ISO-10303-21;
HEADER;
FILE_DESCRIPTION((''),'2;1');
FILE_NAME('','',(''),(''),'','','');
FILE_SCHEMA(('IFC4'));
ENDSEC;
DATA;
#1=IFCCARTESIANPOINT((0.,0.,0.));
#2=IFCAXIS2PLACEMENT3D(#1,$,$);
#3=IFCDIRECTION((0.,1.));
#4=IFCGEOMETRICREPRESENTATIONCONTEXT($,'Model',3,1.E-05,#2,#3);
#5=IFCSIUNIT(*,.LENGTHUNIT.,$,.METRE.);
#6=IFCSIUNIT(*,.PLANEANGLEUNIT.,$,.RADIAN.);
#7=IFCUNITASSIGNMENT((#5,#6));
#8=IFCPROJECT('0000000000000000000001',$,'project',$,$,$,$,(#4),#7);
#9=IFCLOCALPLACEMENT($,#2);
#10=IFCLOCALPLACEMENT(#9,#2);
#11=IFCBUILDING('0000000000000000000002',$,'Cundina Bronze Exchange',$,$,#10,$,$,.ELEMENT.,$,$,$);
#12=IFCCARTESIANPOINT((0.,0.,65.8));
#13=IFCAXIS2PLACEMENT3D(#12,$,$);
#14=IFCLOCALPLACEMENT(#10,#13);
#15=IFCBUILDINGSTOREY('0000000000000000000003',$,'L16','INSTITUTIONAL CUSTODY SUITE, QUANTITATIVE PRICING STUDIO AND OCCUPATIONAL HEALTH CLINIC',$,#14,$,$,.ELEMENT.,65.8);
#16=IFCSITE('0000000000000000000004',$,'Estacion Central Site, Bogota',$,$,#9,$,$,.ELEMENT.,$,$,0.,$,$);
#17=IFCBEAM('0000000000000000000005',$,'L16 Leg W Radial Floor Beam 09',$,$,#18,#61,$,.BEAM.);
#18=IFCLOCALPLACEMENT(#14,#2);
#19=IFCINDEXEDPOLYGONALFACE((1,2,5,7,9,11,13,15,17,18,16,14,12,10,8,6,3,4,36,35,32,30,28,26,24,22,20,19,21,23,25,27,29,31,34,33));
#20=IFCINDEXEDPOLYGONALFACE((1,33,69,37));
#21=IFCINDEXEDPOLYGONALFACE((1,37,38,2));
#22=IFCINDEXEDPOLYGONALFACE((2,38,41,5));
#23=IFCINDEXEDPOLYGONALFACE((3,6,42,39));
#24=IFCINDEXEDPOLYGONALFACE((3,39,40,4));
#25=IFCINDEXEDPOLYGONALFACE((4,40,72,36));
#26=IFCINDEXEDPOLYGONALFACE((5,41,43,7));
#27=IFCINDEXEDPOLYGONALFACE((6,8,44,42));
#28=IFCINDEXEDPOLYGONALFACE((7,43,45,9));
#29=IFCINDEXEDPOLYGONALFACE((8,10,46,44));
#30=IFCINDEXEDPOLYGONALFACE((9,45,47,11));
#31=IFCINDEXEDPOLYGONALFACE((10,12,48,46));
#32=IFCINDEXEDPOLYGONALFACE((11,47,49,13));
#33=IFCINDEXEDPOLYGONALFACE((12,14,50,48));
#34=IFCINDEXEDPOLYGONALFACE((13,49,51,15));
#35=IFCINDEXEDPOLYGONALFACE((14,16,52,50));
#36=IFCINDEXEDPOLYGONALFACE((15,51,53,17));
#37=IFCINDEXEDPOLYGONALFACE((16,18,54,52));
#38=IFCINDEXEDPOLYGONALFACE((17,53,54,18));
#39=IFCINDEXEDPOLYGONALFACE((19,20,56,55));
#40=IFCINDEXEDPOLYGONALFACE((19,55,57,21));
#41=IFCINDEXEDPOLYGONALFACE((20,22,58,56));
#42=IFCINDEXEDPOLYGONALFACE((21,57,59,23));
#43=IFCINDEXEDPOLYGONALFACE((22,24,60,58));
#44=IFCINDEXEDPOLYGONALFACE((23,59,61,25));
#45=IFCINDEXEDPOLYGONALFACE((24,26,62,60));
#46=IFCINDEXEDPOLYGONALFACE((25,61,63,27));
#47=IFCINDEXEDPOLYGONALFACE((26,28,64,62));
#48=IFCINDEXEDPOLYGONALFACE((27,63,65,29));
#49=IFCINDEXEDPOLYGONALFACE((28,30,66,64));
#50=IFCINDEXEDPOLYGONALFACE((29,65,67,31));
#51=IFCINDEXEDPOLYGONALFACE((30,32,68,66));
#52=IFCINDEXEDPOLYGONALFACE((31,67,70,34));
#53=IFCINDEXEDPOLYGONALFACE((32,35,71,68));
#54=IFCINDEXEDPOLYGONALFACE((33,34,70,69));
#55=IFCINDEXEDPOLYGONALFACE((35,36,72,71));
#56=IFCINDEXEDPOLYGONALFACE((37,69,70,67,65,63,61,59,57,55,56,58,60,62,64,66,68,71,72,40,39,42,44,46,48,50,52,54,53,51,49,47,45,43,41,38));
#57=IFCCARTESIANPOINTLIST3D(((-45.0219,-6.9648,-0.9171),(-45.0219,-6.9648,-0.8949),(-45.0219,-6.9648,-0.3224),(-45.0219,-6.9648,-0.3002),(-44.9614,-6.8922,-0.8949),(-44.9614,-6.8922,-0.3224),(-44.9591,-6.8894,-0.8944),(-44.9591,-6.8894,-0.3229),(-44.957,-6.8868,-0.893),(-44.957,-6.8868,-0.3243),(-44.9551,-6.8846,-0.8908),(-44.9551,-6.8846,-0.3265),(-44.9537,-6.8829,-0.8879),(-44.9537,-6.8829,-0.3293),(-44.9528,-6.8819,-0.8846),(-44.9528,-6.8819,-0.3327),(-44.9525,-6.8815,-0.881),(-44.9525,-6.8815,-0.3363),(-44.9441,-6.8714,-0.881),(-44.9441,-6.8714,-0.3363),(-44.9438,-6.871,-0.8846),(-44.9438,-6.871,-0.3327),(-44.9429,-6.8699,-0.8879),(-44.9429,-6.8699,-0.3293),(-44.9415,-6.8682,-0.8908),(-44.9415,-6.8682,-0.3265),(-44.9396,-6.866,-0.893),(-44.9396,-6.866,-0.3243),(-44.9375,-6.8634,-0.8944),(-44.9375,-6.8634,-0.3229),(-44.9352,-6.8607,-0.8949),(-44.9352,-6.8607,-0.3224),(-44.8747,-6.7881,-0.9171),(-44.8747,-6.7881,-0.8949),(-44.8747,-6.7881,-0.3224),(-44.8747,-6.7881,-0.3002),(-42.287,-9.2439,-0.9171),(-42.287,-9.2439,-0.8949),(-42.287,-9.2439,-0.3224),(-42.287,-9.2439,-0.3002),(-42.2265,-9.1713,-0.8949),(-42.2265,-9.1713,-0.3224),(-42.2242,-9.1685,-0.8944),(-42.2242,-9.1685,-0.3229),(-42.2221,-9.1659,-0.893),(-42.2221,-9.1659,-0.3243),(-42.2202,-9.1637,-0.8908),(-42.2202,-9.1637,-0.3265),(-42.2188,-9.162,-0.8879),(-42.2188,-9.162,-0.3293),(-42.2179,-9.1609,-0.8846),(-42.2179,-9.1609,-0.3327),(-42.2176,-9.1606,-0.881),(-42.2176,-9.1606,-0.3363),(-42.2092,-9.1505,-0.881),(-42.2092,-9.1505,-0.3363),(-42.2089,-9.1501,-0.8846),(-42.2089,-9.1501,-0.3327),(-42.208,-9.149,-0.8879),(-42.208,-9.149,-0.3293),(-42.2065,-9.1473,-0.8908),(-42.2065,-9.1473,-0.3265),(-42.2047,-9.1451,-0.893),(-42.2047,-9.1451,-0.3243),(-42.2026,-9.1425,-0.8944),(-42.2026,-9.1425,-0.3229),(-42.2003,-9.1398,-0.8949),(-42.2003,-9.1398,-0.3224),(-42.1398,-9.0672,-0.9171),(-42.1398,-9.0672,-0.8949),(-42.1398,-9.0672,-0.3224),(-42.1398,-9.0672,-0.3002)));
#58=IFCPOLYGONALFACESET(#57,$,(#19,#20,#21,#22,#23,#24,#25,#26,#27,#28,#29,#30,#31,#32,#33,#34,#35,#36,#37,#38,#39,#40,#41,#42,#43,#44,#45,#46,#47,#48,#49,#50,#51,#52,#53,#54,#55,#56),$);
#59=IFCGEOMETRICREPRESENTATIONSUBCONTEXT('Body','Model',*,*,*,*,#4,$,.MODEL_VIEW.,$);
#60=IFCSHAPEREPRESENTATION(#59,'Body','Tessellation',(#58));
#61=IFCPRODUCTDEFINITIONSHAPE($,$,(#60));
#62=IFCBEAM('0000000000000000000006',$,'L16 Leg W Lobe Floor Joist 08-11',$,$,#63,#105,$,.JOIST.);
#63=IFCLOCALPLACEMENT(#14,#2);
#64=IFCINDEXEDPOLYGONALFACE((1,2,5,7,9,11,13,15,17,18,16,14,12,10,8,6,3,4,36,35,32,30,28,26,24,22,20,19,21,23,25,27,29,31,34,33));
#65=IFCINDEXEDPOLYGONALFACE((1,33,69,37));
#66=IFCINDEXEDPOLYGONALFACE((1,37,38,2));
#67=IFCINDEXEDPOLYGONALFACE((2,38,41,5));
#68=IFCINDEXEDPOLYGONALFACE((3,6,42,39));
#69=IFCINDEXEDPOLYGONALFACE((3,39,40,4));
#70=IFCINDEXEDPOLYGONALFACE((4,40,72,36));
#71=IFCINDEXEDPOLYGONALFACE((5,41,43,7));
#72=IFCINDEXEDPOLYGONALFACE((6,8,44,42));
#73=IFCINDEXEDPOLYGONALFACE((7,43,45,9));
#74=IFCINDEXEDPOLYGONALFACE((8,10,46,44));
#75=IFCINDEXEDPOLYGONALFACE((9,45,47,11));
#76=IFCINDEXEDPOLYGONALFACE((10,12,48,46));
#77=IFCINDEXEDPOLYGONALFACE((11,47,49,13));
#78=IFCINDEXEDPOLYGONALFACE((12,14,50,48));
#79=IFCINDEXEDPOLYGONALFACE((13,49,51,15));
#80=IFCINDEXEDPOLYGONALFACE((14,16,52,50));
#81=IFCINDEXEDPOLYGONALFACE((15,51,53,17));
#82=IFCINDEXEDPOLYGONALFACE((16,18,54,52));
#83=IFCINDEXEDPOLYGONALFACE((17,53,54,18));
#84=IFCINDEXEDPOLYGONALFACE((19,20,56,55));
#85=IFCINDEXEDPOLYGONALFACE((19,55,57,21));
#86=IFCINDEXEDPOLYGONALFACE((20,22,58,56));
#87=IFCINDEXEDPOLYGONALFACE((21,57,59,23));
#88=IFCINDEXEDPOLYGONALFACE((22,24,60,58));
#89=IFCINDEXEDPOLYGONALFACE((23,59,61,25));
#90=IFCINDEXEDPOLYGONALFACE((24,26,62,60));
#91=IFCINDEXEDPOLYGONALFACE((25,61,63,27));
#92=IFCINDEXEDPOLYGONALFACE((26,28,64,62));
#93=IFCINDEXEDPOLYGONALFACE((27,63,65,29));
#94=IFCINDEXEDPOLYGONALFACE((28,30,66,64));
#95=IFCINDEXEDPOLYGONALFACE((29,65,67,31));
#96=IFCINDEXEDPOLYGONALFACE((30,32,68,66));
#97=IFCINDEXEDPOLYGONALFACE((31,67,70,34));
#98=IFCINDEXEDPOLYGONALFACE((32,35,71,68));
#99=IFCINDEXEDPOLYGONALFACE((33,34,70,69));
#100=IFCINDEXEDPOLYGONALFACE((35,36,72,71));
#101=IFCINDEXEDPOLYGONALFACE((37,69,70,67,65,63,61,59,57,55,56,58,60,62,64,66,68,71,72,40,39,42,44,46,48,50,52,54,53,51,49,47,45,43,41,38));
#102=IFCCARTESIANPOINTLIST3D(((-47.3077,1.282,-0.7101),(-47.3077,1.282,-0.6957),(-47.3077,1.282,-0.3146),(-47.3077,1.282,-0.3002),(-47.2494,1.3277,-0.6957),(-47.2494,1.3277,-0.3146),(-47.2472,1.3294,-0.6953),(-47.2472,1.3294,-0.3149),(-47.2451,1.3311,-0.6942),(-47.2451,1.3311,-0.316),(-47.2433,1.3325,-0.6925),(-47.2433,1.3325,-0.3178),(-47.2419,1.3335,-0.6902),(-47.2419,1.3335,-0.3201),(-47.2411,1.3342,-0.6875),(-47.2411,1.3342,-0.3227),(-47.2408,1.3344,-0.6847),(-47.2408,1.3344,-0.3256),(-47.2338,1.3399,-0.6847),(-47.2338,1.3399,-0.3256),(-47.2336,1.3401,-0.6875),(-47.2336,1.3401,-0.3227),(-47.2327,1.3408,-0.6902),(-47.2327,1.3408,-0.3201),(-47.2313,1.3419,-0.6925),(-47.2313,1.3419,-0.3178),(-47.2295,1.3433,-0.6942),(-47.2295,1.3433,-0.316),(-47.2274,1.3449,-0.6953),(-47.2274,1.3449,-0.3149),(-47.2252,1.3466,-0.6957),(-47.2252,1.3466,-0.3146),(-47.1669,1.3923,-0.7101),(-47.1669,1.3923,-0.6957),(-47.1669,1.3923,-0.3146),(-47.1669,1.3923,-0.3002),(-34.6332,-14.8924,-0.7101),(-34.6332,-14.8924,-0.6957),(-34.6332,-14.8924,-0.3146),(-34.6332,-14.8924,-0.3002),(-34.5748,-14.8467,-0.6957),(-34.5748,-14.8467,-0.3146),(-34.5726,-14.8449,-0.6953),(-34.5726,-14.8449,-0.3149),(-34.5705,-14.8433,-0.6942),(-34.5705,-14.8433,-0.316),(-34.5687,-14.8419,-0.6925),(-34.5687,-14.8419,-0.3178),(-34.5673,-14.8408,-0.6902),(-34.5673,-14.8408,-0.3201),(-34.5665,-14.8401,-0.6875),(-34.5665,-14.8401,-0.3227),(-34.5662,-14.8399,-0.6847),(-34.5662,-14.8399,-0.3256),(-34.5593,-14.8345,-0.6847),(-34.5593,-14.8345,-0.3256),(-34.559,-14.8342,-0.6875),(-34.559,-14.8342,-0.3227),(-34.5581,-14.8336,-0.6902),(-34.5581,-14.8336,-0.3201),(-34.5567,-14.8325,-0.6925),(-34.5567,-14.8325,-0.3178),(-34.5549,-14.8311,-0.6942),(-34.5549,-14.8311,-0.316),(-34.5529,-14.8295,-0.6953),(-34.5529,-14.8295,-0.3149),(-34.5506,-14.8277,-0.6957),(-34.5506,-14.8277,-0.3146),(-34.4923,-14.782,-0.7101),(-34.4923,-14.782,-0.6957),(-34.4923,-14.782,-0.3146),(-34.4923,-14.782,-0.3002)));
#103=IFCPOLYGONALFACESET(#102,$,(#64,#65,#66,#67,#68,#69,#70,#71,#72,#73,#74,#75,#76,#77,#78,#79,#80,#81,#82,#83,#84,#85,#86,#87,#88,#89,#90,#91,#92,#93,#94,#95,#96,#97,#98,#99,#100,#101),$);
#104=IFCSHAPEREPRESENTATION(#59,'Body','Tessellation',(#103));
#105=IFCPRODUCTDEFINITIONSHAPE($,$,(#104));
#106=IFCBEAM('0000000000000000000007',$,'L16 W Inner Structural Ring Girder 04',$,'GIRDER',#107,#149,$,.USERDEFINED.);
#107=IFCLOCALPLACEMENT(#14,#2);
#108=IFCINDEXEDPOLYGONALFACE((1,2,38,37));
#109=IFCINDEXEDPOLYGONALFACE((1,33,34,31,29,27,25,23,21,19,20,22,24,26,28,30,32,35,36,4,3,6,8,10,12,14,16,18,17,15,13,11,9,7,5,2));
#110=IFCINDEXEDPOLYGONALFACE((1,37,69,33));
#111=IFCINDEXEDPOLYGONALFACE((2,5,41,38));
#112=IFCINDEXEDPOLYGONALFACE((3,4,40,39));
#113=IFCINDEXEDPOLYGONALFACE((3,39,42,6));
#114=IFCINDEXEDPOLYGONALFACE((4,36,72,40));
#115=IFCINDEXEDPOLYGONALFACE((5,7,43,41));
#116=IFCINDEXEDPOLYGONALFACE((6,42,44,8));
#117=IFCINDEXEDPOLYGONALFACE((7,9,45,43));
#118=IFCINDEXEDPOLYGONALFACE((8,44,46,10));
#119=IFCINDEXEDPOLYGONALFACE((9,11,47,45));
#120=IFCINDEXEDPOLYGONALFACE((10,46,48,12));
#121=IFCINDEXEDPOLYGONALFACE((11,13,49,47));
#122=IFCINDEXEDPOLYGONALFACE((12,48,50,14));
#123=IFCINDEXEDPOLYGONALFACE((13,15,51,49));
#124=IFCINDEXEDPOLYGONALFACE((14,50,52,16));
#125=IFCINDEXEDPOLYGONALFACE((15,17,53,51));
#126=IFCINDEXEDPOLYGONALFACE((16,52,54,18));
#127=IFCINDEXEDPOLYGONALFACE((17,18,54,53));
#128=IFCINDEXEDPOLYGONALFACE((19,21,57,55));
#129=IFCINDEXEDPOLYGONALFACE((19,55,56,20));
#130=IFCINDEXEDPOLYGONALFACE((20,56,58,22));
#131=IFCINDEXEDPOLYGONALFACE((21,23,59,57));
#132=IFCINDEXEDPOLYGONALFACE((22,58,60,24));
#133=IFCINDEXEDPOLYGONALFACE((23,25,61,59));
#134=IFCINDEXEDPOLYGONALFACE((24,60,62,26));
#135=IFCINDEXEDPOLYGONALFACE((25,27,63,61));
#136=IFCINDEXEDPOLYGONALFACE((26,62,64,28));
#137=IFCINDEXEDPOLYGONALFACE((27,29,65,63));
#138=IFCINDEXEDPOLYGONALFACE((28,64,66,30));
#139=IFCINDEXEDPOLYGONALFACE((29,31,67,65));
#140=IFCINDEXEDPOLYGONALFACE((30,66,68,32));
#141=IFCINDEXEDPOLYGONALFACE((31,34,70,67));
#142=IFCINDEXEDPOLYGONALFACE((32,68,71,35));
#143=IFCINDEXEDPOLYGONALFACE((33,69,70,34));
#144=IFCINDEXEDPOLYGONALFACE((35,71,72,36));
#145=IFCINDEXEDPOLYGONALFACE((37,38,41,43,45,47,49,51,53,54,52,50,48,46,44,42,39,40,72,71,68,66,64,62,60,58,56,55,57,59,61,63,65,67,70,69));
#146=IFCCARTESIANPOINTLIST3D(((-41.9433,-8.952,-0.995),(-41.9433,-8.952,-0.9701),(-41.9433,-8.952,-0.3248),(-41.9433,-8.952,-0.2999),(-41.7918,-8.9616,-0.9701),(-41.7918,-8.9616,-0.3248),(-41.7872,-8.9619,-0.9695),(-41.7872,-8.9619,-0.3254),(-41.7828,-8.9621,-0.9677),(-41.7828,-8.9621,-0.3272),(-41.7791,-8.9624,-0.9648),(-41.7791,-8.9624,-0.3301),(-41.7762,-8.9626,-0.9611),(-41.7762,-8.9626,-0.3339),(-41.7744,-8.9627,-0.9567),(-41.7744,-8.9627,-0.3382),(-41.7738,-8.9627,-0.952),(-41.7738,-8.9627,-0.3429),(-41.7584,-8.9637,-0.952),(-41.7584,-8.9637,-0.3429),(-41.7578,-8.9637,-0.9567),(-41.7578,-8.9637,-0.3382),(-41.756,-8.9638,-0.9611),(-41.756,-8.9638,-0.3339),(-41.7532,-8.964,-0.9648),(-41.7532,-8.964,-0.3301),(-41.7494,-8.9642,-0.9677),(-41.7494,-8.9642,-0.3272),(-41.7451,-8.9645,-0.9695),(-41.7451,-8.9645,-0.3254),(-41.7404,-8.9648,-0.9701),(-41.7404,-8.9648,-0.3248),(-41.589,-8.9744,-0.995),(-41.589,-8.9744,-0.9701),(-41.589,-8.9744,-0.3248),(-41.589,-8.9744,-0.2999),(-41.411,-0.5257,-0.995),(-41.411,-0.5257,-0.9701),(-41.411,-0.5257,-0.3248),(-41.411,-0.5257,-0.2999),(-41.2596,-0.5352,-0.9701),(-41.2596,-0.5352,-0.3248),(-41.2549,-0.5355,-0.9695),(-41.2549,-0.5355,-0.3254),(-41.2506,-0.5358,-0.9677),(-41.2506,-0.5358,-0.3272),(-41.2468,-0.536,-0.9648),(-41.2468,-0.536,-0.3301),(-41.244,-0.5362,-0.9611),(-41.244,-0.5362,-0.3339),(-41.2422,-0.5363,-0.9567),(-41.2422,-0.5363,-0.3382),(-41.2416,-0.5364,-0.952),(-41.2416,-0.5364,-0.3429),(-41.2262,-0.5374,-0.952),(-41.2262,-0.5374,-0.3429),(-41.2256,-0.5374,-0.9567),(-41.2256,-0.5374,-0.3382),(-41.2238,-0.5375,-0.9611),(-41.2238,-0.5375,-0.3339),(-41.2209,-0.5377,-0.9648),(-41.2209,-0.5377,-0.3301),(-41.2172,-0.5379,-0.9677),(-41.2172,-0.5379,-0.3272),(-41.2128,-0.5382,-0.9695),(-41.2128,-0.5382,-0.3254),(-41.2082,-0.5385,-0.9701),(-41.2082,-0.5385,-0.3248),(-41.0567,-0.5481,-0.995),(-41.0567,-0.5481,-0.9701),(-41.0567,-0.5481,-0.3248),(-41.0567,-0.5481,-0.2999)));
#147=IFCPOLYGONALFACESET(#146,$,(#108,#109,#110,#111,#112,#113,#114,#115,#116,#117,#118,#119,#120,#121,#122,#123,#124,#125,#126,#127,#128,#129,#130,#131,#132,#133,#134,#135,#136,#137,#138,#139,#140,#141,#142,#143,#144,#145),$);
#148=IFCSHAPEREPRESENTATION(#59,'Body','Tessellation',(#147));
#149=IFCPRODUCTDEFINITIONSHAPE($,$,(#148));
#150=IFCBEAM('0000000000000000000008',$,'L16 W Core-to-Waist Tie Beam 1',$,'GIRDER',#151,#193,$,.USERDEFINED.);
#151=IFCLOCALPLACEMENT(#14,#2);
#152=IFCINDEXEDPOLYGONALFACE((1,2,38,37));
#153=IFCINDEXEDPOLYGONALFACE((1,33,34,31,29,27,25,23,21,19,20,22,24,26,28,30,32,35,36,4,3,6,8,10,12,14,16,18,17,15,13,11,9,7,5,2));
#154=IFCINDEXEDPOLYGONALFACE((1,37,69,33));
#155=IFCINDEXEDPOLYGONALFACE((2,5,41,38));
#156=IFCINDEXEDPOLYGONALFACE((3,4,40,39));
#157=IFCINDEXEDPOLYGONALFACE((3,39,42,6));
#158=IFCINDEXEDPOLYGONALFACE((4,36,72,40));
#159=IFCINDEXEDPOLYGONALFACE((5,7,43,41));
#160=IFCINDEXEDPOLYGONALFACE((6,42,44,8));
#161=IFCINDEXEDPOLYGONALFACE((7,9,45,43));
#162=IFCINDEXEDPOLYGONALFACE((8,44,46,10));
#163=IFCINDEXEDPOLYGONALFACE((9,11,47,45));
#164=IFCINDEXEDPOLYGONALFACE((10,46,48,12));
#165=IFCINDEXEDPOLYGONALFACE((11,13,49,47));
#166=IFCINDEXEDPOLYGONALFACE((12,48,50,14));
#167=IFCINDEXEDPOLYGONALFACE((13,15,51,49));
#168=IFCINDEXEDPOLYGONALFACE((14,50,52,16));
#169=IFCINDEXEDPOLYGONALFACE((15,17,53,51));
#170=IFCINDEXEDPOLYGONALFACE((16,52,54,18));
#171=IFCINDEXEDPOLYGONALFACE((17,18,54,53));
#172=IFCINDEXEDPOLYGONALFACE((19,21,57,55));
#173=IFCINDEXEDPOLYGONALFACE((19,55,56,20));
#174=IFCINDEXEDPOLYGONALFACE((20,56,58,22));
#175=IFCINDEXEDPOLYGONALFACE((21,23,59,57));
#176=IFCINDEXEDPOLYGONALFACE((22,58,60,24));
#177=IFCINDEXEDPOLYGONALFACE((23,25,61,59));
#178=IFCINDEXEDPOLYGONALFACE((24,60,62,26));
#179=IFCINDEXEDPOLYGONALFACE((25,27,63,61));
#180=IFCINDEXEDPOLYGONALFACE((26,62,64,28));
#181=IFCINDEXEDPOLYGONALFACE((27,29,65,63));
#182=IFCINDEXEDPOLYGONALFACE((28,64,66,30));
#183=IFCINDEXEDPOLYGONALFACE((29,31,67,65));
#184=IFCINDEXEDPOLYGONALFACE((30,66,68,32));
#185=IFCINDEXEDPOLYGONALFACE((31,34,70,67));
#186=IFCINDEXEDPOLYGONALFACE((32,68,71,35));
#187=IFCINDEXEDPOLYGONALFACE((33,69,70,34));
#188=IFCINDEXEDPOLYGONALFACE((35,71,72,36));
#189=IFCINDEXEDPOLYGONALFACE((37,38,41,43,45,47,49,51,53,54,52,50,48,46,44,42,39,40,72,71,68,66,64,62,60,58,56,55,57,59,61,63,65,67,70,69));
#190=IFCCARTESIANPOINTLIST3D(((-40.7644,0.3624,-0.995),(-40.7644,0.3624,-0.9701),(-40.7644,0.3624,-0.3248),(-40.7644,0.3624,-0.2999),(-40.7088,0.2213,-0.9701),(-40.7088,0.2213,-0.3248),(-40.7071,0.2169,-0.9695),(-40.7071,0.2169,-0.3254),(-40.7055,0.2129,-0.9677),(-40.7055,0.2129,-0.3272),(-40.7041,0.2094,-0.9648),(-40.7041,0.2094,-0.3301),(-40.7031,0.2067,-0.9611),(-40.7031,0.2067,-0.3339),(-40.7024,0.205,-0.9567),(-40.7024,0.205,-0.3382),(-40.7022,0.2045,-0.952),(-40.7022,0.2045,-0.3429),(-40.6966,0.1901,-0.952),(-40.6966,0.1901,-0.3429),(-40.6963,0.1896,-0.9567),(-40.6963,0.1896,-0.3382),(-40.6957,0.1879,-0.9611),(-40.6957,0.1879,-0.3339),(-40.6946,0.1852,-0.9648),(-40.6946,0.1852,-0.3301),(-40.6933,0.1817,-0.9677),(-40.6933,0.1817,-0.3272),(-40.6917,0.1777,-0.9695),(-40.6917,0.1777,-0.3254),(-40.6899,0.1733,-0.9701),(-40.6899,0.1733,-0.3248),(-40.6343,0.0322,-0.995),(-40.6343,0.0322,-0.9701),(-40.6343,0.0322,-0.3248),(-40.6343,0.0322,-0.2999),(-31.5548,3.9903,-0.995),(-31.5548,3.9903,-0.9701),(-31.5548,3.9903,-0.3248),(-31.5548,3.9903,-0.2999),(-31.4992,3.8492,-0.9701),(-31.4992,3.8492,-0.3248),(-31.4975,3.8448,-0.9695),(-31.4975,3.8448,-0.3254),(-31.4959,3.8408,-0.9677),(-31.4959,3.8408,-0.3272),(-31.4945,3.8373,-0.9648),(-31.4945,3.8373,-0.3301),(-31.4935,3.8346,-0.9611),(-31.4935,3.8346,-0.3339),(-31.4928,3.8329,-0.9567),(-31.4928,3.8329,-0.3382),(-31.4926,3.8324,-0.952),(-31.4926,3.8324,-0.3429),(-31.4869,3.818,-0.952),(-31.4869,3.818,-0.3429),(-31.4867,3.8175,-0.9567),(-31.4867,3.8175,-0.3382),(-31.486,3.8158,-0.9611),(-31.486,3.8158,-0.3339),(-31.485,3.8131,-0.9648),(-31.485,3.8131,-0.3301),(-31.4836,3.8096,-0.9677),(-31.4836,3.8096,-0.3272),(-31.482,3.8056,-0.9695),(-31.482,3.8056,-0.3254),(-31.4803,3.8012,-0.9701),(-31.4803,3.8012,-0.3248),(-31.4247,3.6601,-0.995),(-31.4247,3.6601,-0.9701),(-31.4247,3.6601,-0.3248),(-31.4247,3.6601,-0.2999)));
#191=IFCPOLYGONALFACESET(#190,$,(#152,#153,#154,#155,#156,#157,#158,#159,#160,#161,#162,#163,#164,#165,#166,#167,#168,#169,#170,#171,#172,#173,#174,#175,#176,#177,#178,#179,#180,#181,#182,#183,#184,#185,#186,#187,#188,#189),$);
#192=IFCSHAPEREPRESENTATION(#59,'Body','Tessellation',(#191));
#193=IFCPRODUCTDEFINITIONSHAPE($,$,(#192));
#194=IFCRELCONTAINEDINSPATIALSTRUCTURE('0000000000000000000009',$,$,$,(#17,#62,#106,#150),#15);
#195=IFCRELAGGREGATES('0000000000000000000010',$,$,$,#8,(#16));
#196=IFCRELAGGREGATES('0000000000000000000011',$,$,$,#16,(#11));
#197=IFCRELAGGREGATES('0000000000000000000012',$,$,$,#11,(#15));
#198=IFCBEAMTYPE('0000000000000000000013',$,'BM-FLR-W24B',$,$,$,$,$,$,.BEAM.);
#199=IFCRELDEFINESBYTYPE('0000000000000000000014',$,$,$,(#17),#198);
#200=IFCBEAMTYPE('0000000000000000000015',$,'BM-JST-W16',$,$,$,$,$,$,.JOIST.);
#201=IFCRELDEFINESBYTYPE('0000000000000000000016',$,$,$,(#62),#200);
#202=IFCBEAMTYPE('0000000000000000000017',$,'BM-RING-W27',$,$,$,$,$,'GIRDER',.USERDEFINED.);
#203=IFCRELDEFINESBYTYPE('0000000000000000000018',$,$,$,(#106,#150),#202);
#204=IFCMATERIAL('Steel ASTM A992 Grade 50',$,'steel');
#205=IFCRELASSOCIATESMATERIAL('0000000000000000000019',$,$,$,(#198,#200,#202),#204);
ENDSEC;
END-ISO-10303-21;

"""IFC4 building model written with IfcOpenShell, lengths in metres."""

from ifc_helpers import new_model, si_unit, direction, frame, origin, origin_2d, place, context, subcontext, project, spatial, i_section, extrude, material, material_profile, profile_set, type_object, element, save


model = new_model("IFC4")

# Units and contexts
model_context = context("Model", 3, precision=1e-05, world=origin(), true_north=direction((0.0, 1.0)))
body_context = subcontext(model_context, "Body", "Model", "MODEL_VIEW")
ifc_project = project(units=[si_unit("LENGTHUNIT", "METRE"), si_unit("PLANEANGLEUNIT", "RADIAN")], contexts=[model_context])

# Site, building, storey
site_placement = place(None, origin())
site = spatial("IfcSite", under=ifc_project, at=site_placement, Name="Estacion Central Site, Bogota", CompositionType="ELEMENT", RefElevation=0.0)
building_placement = place(site_placement, origin())
building = spatial("IfcBuilding", under=site, at=building_placement, Name="Cundina Bronze Exchange", CompositionType="ELEMENT")
storey_placement = place(building_placement, frame((0.0, 0.0, 65.8)))
storey = spatial("IfcBuildingStorey", under=building, at=storey_placement, Name="L16", Description="INSTITUTIONAL CUSTODY SUITE, QUANTITATIVE PRICING STUDIO AND OCCUPATIONAL HEALTH CLINIC", CompositionType="ELEMENT", Elevation=65.8)

# Shared definitions
ifc_material_1 = material(Name="Steel ASTM A992 Grade 50", Category="steel")

# Beams
ifc_material_profile_1 = material_profile(ifc_material_1, i_section(OverallWidth=0.23, OverallDepth=0.6169, WebThickness=0.0132, FlangeThickness=0.0222, FilletRadius=0.0139, at=origin_2d()), Name="W24X94", Category="steel")
ifc_profile_set_1 = profile_set([ifc_material_profile_1], Name="Steel ASTM A992 Grade 50")
beam_type_1 = type_object("IfcBeamType", Name="BM-FLR-W24B", PredefinedType="BEAM", material=ifc_profile_set_1)
beam_1_placement = place(storey_placement, frame((-42.2134, -9.1555, -0.6086), z_axis=(-0.768221, 0.640184, 0.0), x_axis=(-0.640184, -0.768221, 0.0)))
element("IfcBeam", 1, at=beam_1_placement, inside=storey, type_object=beam_type_1, Name="L16 Leg W Radial Floor Beam 09", PredefinedType="BEAM", context=body_context, shape_type="SweptSolid", body=[
    extrude(i_section(OverallWidth=0.23, OverallDepth=0.6169, WebThickness=0.0132, FlangeThickness=0.0222, FilletRadius=0.0139, at=origin_2d()), origin(), (0.0, 0.0, 1.0), 3.5601),
])
ifc_material_profile_2 = material_profile(ifc_material_1, i_section(OverallWidth=0.179, OverallDepth=0.4099, WebThickness=0.0088, FlangeThickness=0.0144, FilletRadius=0.011, at=origin_2d()), Name="W16X45", Category="steel")
ifc_profile_set_2 = profile_set([ifc_material_profile_2], Name="Steel ASTM A992 Grade 50")
beam_type_2 = type_object("IfcBeamType", Name="BM-JST-W16", PredefinedType="JOIST", material=ifc_profile_set_2)
beam_2_placement = place(storey_placement, frame((-47.2373, 1.3372, -0.5051), z_axis=(0.616803, -0.787117, 0.0), x_axis=(0.787117, 0.616803, 0.0)))
element("IfcBeam", 2, at=beam_2_placement, inside=storey, type_object=beam_type_2, Name="L16 Leg W Lobe Floor Joist 08-11", PredefinedType="JOIST", context=body_context, shape_type="SweptSolid", body=[
    extrude(i_section(OverallWidth=0.179, OverallDepth=0.4099, WebThickness=0.0088, FlangeThickness=0.0144, FilletRadius=0.011, at=origin_2d()), origin(), (0.0, 0.0, 1.0), 20.5488),
])
ifc_material_profile_3 = material_profile(ifc_material_1, i_section(OverallWidth=0.355, OverallDepth=0.6951, WebThickness=0.0154, FlangeThickness=0.0249, FilletRadius=0.0181, at=origin_2d()), Name="W27X146", Category="steel")
ifc_profile_set_3 = profile_set([ifc_material_profile_3], Name="Steel ASTM A992 Grade 50")
beam_type_3 = type_object("IfcBeamType", Name="BM-RING-W27", ElementType="GIRDER", PredefinedType="USERDEFINED", material=ifc_profile_set_3)
beam_3_placement = place(storey_placement, frame((-41.2339, -0.5369, -0.6475), z_axis=(-0.063037, -0.998011, 0.0), x_axis=(0.998011, -0.063037, 0.0)))
element("IfcBeam", 3, at=beam_3_placement, inside=storey, type_object=beam_type_3, Name="L16 W Inner Structural Ring Girder 04", ObjectType="GIRDER", PredefinedType="USERDEFINED", context=body_context, shape_type="SweptSolid", body=[
    extrude(i_section(OverallWidth=0.355, OverallDepth=0.6951, WebThickness=0.0154, FlangeThickness=0.0249, FilletRadius=0.0181, at=origin_2d()), origin(), (0.0, 0.0, 1.0), 8.4431),
])
beam_4_placement = place(storey_placement, frame((-31.4897, 3.8252, -0.6475), z_axis=(-0.930413, -0.366512, 0.0), x_axis=(0.366512, -0.930413, 0.0)))
element("IfcBeam", 4, at=beam_4_placement, inside=storey, type_object=beam_type_3, Name="L16 W Core-to-Waist Tie Beam 1", ObjectType="GIRDER", PredefinedType="USERDEFINED", context=body_context, shape_type="SweptSolid", body=[
    extrude(i_section(OverallWidth=0.355, OverallDepth=0.6951, WebThickness=0.0154, FlangeThickness=0.0249, FilletRadius=0.0181, at=origin_2d()), origin(), (0.0, 0.0, 1.0), 9.8984),
])

save(model, "model.ifc")
